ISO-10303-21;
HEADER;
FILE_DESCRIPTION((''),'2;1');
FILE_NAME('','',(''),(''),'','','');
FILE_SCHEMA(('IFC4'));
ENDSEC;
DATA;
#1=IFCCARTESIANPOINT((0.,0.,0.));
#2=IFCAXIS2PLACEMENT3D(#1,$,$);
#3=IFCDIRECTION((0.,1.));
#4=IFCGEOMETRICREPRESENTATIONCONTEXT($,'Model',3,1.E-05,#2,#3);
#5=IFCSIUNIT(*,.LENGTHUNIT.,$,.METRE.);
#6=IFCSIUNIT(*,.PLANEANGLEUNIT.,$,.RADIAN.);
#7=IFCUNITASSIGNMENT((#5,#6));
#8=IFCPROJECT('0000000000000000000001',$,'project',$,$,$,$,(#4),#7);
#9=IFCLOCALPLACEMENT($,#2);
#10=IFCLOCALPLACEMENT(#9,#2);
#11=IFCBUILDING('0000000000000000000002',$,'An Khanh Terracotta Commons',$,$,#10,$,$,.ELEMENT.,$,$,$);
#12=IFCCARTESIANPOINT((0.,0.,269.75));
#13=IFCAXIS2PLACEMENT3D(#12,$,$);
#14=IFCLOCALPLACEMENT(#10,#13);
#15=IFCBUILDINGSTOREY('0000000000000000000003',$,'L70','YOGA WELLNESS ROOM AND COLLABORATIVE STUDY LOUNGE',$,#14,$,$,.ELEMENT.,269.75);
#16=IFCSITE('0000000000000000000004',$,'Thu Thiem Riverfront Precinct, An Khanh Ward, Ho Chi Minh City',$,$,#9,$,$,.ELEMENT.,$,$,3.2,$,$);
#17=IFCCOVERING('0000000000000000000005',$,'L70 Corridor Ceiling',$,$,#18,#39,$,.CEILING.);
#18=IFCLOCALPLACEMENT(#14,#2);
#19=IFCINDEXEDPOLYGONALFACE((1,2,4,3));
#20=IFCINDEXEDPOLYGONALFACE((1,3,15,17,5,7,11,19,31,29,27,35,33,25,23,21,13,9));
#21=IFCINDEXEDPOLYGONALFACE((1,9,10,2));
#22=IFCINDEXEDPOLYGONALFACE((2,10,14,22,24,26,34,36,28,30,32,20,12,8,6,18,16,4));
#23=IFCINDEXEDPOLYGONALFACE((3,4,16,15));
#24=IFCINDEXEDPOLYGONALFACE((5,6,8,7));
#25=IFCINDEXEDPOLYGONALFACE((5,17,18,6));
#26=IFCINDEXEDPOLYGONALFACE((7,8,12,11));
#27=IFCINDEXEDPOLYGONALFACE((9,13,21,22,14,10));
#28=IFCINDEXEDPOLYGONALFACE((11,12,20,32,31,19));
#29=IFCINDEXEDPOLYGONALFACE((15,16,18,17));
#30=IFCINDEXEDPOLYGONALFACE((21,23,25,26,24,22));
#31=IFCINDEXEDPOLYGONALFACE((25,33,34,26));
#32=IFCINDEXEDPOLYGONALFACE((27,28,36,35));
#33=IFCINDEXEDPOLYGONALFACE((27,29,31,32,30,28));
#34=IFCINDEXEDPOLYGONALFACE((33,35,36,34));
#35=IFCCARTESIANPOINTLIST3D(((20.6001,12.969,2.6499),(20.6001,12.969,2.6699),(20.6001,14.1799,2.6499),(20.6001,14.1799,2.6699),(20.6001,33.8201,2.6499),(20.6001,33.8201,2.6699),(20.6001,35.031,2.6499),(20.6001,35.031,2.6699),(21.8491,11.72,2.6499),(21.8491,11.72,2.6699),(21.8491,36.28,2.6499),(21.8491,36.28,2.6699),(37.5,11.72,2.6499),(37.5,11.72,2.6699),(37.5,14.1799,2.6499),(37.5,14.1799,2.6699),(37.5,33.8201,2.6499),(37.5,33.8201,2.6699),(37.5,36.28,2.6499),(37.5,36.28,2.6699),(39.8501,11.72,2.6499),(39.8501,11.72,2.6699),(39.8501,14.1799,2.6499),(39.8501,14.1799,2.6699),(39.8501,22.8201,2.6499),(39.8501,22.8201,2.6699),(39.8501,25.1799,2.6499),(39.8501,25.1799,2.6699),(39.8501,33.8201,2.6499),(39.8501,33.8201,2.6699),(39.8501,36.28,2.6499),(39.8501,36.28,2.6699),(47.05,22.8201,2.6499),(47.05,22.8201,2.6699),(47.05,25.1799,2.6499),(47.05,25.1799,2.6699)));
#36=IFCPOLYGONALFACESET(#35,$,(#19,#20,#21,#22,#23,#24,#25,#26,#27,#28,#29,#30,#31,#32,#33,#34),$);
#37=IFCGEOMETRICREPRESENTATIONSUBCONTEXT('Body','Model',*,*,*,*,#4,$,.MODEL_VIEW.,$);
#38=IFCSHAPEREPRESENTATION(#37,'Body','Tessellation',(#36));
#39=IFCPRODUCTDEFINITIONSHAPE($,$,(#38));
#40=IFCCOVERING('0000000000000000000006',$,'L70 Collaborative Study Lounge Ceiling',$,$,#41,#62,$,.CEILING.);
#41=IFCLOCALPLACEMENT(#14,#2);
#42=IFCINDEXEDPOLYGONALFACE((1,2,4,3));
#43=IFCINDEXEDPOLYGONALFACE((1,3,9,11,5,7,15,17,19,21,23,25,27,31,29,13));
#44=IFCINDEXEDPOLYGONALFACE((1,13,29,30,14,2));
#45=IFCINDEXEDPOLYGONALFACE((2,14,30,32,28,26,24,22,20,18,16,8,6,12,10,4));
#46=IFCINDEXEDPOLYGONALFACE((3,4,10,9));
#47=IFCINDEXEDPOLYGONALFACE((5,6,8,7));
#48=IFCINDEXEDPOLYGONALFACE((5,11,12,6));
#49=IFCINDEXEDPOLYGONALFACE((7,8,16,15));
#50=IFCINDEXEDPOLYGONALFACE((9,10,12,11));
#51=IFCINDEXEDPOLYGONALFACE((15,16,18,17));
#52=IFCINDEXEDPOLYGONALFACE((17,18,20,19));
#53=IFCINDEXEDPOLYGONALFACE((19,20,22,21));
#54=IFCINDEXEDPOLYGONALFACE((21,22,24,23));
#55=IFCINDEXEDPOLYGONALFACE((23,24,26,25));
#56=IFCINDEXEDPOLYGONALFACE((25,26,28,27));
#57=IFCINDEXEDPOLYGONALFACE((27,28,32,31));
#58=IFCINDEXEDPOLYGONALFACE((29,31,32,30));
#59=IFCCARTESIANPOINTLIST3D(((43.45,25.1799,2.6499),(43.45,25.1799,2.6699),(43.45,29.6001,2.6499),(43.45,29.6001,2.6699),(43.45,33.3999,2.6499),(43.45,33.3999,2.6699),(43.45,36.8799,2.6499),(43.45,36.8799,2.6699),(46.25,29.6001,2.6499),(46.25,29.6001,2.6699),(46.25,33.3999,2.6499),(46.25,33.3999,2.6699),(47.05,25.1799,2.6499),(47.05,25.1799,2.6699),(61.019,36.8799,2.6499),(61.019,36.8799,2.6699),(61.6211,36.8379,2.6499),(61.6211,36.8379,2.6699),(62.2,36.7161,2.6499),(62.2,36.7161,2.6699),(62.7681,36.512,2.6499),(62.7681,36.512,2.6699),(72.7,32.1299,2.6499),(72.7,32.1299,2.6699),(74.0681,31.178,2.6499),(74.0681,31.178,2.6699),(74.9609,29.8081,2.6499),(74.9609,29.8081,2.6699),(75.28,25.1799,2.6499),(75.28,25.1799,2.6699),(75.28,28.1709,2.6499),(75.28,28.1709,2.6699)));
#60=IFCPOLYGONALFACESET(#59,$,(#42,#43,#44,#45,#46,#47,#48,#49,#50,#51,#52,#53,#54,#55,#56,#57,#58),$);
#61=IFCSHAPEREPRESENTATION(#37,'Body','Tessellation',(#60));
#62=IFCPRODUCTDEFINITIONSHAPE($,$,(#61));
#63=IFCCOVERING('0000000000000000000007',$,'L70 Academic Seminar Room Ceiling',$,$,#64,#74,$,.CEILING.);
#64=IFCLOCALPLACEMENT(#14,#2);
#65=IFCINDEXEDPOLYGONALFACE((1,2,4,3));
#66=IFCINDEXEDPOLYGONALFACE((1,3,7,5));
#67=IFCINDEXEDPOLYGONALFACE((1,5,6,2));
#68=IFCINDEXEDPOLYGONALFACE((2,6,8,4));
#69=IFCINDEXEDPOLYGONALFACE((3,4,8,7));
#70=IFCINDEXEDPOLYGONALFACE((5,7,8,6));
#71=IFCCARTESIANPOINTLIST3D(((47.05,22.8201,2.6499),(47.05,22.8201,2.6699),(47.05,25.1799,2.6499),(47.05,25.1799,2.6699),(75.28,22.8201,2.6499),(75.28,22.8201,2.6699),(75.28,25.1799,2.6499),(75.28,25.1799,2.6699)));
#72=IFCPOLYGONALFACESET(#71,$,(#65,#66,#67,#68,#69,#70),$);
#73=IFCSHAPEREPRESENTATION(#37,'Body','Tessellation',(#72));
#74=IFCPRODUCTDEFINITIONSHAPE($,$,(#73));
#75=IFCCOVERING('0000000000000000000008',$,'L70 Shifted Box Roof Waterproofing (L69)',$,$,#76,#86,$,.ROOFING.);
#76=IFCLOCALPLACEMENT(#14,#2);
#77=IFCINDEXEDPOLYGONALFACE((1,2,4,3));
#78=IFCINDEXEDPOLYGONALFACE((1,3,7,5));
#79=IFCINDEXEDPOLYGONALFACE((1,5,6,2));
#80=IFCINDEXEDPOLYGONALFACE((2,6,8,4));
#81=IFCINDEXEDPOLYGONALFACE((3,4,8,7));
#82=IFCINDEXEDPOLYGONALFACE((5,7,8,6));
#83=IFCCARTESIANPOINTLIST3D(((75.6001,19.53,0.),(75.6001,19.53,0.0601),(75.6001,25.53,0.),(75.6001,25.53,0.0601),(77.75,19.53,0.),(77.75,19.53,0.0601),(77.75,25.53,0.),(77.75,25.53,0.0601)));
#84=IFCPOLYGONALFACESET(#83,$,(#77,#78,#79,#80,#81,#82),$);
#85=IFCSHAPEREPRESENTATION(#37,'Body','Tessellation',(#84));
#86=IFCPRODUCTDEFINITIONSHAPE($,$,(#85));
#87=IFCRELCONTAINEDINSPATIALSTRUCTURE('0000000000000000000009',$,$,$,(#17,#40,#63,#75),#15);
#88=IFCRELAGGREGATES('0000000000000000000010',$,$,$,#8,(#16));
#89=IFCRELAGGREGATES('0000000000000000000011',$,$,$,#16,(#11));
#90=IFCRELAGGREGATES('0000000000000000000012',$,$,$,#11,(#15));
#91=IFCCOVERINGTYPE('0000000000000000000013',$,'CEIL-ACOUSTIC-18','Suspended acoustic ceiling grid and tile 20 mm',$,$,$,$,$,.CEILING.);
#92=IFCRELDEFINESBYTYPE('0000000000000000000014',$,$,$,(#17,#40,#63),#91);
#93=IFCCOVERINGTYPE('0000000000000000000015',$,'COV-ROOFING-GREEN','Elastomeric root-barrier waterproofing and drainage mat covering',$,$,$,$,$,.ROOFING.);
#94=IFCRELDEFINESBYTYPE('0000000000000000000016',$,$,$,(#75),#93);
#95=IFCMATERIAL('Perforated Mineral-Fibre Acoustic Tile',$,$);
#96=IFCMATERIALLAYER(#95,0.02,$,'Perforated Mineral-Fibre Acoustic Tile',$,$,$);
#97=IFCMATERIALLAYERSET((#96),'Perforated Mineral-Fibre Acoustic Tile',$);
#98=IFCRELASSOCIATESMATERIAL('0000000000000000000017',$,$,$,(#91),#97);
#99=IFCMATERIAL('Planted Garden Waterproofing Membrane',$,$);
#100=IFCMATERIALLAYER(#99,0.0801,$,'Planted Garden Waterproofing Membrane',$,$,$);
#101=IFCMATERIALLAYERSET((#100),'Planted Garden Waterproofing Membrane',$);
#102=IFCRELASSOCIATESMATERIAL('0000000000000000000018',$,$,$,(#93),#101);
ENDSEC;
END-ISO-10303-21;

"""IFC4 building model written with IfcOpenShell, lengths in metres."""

from ifc_helpers import new_model, si_unit, direction, frame, origin, place, context, subcontext, project, spatial, polyline, outline, extrude, material, layer, layer_set, type_object, element, save


model = new_model("IFC4")

# Units and contexts
model_context = context("Model", 3, precision=1e-05, world=origin(), true_north=direction((0.0, 1.0)))
body_context = subcontext(model_context, "Body", "Model", "MODEL_VIEW")
ifc_project = project(units=[si_unit("LENGTHUNIT", "METRE"), si_unit("PLANEANGLEUNIT", "RADIAN")], contexts=[model_context])

# Site, building, storey
site_placement = place(None, origin())
site = spatial("IfcSite", under=ifc_project, at=site_placement, Name="Thu Thiem Riverfront Precinct, An Khanh Ward, Ho Chi Minh City", CompositionType="ELEMENT", RefElevation=3.2)
building_placement = place(site_placement, origin())
building = spatial("IfcBuilding", under=site, at=building_placement, Name="An Khanh Terracotta Commons", CompositionType="ELEMENT")
storey_placement = place(building_placement, frame((0.0, 0.0, 269.75)))
storey = spatial("IfcBuildingStorey", under=building, at=storey_placement, Name="L70", Description="YOGA WELLNESS ROOM AND COLLABORATIVE STUDY LOUNGE", CompositionType="ELEMENT", Elevation=269.75)

# Coverings
ifc_material_1 = material(Name="Perforated Mineral-Fibre Acoustic Tile")
ifc_layer_1 = layer(ifc_material_1, 0.02, Name="Perforated Mineral-Fibre Acoustic Tile")
ifc_layer_set_1 = layer_set([ifc_layer_1], Name="Perforated Mineral-Fibre Acoustic Tile")
covering_type_1 = type_object("IfcCoveringType", Name="CEIL-ACOUSTIC-18", Description="Suspended acoustic ceiling grid and tile 20 mm", PredefinedType="CEILING", material=ifc_layer_set_1)
covering_1_placement = place(storey_placement, frame((0.0, 0.0, 2.6499)))
element("IfcCovering", 1, at=covering_1_placement, inside=storey, type_object=covering_type_1, Name="L70 Corridor Ceiling", PredefinedType="CEILING", context=body_context, shape_type="SweptSolid", body=[
    extrude(outline(polyline([(21.8491, 11.72), (20.6001, 12.969), (20.6001, 14.1799), (37.5, 14.1799), (37.5, 33.8201), (20.6001, 33.8201), (20.6001, 35.031), (21.8491, 36.28), (37.5, 36.28), (39.8501, 36.28), (39.8501, 33.8201), (39.8501, 25.1799), (47.05, 25.1799), (47.05, 22.8201), (39.8501, 22.8201), (39.8501, 14.1799), (39.8501, 11.72), (37.5, 11.72), (21.8491, 11.72)])), origin(), (0.0, 0.0, 1.0), 0.02),
])
covering_2_placement = place(storey_placement, frame((0.0, 0.0, 2.6499)))
element("IfcCovering", 2, at=covering_2_placement, inside=storey, type_object=covering_type_1, Name="L70 Collaborative Study Lounge Ceiling", PredefinedType="CEILING", context=body_context, shape_type="SweptSolid", body=[
    extrude(outline(polyline([(61.019, 36.8799), (61.6211, 36.8379), (62.2, 36.7161), (62.7681, 36.512), (72.7, 32.1299), (74.0681, 31.178), (74.9609, 29.8081), (75.28, 28.1709), (75.28, 25.1799), (47.05, 25.1799), (43.45, 25.1799), (43.45, 29.6001), (46.25, 29.6001), (46.25, 33.3999), (43.45, 33.3999), (43.45, 36.8799), (61.019, 36.8799)])), origin(), (0.0, 0.0, 1.0), 0.02),
])
covering_3_placement = place(storey_placement, frame((0.0, 0.0, 2.6499)))
element("IfcCovering", 3, at=covering_3_placement, inside=storey, type_object=covering_type_1, Name="L70 Academic Seminar Room Ceiling", PredefinedType="CEILING", context=body_context, shape_type="SweptSolid", body=[
    extrude(outline(polyline([(75.28, 22.8201), (47.05, 22.8201), (47.05, 25.1799), (75.28, 25.1799), (75.28, 22.8201)])), origin(), (0.0, 0.0, 1.0), 0.02),
])
ifc_material_2 = material(Name="Planted Garden Waterproofing Membrane")
ifc_layer_2 = layer(ifc_material_2, 0.0801, Name="Planted Garden Waterproofing Membrane")
ifc_layer_set_2 = layer_set([ifc_layer_2], Name="Planted Garden Waterproofing Membrane")
covering_type_2 = type_object("IfcCoveringType", Name="COV-ROOFING-GREEN", Description="Elastomeric root-barrier waterproofing and drainage mat covering", PredefinedType="ROOFING", material=ifc_layer_set_2)
covering_4_placement = place(storey_placement, origin())
element("IfcCovering", 4, at=covering_4_placement, inside=storey, type_object=covering_type_2, Name="L70 Shifted Box Roof Waterproofing (L69)", PredefinedType="ROOFING", context=body_context, shape_type="SweptSolid", body=[
    extrude(outline(polyline([(75.6001, 19.53), (77.75, 19.53), (77.75, 25.53), (75.6001, 25.53), (75.6001, 19.53)])), origin(), (0.0, 0.0, 1.0), 0.0601),
])

save(model, "model.ifc")
